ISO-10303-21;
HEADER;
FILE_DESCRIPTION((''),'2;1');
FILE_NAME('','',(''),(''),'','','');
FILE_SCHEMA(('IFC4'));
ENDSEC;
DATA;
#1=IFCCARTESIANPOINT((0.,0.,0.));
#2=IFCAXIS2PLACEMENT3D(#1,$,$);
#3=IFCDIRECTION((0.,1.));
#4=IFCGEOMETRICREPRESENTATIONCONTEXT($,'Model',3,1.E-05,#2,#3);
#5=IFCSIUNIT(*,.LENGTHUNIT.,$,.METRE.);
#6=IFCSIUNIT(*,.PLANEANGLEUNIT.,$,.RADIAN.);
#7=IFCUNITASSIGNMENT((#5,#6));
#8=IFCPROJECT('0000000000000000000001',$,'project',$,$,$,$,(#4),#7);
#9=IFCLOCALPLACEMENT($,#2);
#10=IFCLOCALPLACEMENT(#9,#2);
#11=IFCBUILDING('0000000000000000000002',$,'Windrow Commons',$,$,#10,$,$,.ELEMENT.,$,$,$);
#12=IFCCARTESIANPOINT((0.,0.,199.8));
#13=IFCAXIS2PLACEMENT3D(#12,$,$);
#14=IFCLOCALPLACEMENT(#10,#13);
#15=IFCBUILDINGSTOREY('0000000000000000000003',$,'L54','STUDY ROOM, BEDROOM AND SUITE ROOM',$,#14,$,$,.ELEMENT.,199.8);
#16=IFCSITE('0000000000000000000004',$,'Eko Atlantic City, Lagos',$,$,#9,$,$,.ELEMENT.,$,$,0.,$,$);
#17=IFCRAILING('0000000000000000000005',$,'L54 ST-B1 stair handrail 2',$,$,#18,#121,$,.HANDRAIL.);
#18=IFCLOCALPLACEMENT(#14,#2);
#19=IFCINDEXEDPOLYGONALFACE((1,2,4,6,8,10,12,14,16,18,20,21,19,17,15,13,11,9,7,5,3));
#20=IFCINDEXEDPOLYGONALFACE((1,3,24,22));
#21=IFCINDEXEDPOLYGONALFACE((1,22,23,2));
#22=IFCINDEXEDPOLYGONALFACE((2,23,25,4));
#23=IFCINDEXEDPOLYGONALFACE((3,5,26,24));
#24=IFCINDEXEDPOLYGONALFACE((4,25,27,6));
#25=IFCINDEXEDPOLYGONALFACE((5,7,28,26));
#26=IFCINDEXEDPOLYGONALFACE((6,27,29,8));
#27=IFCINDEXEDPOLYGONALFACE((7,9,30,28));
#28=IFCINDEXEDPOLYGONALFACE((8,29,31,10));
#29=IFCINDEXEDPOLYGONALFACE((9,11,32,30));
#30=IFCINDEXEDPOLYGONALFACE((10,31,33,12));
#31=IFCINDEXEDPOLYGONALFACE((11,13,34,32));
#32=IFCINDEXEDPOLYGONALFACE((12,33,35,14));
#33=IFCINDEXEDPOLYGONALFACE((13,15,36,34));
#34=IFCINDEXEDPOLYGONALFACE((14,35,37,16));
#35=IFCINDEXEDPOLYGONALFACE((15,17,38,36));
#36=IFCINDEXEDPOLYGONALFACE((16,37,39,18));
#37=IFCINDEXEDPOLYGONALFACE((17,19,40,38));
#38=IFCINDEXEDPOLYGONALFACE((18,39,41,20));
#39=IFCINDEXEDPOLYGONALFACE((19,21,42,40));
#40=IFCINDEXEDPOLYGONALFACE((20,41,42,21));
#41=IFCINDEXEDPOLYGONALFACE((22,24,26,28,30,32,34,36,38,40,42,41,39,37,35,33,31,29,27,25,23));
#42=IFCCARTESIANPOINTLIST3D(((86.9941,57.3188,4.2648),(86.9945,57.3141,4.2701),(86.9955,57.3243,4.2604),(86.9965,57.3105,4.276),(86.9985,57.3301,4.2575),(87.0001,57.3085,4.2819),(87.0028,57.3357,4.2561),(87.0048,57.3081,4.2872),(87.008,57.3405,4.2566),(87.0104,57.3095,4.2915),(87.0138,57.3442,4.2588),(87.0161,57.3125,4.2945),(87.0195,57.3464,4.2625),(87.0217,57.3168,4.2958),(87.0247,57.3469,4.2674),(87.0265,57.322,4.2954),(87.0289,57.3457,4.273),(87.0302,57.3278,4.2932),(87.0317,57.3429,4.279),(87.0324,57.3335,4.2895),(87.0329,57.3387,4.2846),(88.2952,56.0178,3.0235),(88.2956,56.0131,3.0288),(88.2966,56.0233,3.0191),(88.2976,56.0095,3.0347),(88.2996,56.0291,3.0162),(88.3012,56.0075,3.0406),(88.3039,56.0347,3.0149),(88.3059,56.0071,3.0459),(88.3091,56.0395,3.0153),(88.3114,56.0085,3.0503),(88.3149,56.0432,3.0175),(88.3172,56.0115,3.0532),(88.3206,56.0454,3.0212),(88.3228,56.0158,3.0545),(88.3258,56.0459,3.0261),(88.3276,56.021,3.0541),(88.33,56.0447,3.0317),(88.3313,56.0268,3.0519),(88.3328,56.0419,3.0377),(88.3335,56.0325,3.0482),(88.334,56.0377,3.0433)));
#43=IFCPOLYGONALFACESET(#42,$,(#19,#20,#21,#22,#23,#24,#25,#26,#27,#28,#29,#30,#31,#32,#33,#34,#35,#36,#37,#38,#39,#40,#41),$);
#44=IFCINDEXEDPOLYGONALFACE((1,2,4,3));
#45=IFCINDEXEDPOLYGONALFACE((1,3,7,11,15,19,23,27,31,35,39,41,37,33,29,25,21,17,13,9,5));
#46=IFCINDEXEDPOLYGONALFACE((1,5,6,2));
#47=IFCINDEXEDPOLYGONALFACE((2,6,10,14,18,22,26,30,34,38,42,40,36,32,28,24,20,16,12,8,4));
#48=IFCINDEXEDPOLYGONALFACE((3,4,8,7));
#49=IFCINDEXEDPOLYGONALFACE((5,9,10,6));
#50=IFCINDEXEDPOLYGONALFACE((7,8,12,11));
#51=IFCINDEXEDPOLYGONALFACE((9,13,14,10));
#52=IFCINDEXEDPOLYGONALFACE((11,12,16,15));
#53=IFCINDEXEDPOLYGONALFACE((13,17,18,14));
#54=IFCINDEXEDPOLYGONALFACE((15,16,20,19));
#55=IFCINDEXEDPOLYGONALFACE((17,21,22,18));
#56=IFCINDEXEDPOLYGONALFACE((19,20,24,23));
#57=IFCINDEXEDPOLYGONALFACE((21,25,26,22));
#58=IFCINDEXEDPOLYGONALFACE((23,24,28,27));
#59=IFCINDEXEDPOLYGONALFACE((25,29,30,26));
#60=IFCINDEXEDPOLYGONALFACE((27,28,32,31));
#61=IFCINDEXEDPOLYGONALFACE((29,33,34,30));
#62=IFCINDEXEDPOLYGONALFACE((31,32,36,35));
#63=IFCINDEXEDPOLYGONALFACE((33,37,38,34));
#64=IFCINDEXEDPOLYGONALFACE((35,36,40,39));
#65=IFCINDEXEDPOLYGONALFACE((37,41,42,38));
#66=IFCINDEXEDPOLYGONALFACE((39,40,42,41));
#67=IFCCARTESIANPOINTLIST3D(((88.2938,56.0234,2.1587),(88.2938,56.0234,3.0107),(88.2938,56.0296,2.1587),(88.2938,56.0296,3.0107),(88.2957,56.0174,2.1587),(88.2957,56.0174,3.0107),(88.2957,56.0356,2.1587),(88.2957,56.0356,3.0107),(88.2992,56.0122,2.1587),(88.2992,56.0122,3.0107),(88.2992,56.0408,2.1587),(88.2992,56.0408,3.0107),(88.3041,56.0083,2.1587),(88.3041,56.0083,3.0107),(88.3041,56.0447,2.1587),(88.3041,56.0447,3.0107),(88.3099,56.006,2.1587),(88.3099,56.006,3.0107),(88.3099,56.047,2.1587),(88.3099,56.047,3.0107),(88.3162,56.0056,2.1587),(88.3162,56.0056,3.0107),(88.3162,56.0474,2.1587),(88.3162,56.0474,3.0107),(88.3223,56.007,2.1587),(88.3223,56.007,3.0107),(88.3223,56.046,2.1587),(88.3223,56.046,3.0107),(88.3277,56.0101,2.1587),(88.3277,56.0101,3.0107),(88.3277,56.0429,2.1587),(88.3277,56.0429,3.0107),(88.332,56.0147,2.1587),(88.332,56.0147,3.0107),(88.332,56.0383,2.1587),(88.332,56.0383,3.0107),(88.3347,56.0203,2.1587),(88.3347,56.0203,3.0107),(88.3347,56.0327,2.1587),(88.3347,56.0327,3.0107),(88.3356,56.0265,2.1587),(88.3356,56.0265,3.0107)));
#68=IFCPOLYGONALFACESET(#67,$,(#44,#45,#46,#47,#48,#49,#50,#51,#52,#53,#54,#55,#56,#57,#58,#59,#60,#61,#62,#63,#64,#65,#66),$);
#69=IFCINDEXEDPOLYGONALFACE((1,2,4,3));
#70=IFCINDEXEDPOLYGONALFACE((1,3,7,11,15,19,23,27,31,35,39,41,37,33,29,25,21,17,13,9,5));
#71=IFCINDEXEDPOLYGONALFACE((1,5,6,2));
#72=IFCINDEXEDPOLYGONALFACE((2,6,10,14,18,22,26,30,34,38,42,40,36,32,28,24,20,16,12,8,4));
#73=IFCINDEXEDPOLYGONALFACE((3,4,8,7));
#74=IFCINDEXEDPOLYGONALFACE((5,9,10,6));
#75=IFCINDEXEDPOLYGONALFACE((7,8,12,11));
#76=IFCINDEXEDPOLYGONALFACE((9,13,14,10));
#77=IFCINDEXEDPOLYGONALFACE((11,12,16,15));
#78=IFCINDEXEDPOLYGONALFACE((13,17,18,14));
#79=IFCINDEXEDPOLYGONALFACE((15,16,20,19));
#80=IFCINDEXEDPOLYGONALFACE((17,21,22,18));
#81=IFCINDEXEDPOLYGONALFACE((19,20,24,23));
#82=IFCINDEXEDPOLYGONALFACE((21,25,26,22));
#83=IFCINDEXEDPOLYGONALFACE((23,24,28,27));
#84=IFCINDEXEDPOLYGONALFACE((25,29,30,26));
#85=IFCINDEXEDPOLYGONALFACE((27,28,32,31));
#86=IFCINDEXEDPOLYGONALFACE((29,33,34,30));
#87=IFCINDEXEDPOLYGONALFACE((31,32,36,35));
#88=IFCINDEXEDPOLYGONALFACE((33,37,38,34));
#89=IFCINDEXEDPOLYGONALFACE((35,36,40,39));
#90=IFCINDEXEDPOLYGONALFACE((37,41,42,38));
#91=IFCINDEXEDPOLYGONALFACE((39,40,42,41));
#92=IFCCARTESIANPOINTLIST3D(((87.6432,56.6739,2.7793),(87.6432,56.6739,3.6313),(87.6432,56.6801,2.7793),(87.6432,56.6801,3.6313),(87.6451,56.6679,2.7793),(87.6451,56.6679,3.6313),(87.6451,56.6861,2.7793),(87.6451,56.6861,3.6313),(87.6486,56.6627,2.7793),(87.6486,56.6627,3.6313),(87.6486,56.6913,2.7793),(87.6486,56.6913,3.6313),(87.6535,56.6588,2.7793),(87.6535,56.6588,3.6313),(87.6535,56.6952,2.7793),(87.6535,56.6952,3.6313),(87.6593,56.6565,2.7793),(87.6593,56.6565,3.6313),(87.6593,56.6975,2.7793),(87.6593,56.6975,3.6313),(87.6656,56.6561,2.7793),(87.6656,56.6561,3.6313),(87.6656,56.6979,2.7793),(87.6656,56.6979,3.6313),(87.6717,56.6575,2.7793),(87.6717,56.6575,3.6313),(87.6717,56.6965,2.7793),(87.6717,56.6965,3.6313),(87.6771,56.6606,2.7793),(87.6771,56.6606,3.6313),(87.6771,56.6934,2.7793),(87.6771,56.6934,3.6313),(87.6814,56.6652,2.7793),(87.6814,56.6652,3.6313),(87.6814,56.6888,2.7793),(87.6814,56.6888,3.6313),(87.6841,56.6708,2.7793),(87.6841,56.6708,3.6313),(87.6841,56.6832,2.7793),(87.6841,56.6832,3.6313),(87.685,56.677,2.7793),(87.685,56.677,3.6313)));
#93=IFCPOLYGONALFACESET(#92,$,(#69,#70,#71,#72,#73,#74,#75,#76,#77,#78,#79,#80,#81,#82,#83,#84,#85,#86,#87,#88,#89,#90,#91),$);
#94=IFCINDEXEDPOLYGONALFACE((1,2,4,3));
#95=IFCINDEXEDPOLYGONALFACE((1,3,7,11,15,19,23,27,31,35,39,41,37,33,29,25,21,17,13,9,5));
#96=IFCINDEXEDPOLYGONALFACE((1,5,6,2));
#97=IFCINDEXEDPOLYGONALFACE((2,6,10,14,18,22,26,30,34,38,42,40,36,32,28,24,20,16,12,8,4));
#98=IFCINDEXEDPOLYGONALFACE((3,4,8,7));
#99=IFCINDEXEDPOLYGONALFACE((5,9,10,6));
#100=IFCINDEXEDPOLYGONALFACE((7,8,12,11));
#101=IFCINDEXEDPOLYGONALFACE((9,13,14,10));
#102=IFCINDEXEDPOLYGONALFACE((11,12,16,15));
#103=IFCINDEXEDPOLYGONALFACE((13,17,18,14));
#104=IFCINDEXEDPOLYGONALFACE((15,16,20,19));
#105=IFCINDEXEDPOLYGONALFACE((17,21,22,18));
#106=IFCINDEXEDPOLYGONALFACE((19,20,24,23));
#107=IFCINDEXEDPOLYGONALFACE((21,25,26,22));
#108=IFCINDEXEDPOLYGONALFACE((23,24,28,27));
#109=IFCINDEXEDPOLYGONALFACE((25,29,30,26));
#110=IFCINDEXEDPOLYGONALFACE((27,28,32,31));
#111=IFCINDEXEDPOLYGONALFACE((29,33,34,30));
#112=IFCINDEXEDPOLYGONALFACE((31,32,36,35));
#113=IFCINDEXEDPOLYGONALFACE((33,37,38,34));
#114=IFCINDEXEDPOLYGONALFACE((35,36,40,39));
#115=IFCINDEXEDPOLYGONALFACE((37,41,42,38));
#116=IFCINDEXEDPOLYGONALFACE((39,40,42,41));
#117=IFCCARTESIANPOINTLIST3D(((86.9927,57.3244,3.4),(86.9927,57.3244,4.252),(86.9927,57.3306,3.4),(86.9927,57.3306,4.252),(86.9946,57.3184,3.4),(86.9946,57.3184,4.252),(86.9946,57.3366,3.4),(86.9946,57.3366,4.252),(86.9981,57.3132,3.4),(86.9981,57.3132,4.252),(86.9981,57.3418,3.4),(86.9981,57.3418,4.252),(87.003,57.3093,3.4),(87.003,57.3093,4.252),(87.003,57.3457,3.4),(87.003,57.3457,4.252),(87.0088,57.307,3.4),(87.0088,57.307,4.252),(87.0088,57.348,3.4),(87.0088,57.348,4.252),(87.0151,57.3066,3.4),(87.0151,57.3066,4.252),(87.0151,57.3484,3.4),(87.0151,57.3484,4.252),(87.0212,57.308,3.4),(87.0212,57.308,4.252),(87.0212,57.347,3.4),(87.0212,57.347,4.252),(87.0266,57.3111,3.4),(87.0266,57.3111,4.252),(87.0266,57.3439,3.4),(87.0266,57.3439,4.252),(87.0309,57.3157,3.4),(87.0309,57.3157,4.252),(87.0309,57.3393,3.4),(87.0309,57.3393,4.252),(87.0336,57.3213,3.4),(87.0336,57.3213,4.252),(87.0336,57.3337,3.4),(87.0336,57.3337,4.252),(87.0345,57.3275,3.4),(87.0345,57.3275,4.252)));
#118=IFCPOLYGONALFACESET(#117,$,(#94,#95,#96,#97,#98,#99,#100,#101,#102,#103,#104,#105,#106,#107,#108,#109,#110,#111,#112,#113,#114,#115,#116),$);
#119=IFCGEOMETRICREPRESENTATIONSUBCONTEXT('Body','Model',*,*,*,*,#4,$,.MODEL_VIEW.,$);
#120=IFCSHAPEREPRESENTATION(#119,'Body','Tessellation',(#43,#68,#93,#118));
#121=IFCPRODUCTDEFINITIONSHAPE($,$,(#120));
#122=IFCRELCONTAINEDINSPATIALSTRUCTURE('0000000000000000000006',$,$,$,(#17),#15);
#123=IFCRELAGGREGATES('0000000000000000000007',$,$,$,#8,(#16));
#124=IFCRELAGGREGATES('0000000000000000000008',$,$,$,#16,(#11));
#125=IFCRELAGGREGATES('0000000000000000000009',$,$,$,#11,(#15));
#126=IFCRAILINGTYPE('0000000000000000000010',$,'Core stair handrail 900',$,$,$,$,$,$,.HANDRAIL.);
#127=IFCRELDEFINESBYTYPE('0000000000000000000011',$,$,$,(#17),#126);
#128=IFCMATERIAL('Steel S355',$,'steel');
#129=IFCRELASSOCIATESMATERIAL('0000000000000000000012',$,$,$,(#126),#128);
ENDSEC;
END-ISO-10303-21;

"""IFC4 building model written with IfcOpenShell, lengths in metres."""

from ifc_helpers import new_model, si_unit, direction, frame, origin, origin_2d, place, context, subcontext, project, spatial, circle, extrude, material, type_object, element, save


model = new_model("IFC4")

# Units and contexts
model_context = context("Model", 3, precision=1e-05, world=origin(), true_north=direction((0.0, 1.0)))
body_context = subcontext(model_context, "Body", "Model", "MODEL_VIEW")
ifc_project = project(units=[si_unit("LENGTHUNIT", "METRE"), si_unit("PLANEANGLEUNIT", "RADIAN")], contexts=[model_context])

# Site, building, storey
site_placement = place(None, origin())
site = spatial("IfcSite", under=ifc_project, at=site_placement, Name="Eko Atlantic City, Lagos", CompositionType="ELEMENT", RefElevation=0.0)
building_placement = place(site_placement, origin())
building = spatial("IfcBuilding", under=site, at=building_placement, Name="Windrow Commons", CompositionType="ELEMENT")
storey_placement = place(building_placement, frame((0.0, 0.0, 199.8)))
storey = spatial("IfcBuildingStorey", under=building, at=storey_placement, Name="L54", Description="STUDY ROOM, BEDROOM AND SUITE ROOM", CompositionType="ELEMENT", Elevation=199.8)

# Railing
ifc_material_1 = material(Name="Steel S355", Category="steel")
railing_type_1 = type_object("IfcRailingType", Name="Core stair handrail 900", PredefinedType="HANDRAIL", material=ifc_material_1)
railing_1_placement = place(storey_placement, frame((88.3146, 56.0265, 2.1587)))
element("IfcRailing", 1, at=railing_1_placement, inside=storey, type_object=railing_type_1, Name="L54 ST-B1 stair handrail 2", PredefinedType="HANDRAIL", context=body_context, shape_type="SweptSolid", body=[
    extrude(circle(Radius=0.024, at=origin_2d()), frame((0.0, 0.0, 0.876), z_axis=(-0.586207, 0.586162, 0.559264), x_axis=(-0.70708, -0.707134, 0.0)), (0.0, 0.0, 1.0), 2.2195),
    extrude(circle(Radius=0.021, at=origin_2d()), origin(), (0.0, 0.0, 1.0), 0.852),
    extrude(circle(Radius=0.021, at=origin_2d()), frame((-0.6506, 0.6505, 0.6206)), (0.0, 0.0, 1.0), 0.852),
    extrude(circle(Radius=0.021, at=origin_2d()), frame((-1.3011, 1.301, 1.2413)), (0.0, 0.0, 1.0), 0.852),
])

save(model, "model.ifc")
